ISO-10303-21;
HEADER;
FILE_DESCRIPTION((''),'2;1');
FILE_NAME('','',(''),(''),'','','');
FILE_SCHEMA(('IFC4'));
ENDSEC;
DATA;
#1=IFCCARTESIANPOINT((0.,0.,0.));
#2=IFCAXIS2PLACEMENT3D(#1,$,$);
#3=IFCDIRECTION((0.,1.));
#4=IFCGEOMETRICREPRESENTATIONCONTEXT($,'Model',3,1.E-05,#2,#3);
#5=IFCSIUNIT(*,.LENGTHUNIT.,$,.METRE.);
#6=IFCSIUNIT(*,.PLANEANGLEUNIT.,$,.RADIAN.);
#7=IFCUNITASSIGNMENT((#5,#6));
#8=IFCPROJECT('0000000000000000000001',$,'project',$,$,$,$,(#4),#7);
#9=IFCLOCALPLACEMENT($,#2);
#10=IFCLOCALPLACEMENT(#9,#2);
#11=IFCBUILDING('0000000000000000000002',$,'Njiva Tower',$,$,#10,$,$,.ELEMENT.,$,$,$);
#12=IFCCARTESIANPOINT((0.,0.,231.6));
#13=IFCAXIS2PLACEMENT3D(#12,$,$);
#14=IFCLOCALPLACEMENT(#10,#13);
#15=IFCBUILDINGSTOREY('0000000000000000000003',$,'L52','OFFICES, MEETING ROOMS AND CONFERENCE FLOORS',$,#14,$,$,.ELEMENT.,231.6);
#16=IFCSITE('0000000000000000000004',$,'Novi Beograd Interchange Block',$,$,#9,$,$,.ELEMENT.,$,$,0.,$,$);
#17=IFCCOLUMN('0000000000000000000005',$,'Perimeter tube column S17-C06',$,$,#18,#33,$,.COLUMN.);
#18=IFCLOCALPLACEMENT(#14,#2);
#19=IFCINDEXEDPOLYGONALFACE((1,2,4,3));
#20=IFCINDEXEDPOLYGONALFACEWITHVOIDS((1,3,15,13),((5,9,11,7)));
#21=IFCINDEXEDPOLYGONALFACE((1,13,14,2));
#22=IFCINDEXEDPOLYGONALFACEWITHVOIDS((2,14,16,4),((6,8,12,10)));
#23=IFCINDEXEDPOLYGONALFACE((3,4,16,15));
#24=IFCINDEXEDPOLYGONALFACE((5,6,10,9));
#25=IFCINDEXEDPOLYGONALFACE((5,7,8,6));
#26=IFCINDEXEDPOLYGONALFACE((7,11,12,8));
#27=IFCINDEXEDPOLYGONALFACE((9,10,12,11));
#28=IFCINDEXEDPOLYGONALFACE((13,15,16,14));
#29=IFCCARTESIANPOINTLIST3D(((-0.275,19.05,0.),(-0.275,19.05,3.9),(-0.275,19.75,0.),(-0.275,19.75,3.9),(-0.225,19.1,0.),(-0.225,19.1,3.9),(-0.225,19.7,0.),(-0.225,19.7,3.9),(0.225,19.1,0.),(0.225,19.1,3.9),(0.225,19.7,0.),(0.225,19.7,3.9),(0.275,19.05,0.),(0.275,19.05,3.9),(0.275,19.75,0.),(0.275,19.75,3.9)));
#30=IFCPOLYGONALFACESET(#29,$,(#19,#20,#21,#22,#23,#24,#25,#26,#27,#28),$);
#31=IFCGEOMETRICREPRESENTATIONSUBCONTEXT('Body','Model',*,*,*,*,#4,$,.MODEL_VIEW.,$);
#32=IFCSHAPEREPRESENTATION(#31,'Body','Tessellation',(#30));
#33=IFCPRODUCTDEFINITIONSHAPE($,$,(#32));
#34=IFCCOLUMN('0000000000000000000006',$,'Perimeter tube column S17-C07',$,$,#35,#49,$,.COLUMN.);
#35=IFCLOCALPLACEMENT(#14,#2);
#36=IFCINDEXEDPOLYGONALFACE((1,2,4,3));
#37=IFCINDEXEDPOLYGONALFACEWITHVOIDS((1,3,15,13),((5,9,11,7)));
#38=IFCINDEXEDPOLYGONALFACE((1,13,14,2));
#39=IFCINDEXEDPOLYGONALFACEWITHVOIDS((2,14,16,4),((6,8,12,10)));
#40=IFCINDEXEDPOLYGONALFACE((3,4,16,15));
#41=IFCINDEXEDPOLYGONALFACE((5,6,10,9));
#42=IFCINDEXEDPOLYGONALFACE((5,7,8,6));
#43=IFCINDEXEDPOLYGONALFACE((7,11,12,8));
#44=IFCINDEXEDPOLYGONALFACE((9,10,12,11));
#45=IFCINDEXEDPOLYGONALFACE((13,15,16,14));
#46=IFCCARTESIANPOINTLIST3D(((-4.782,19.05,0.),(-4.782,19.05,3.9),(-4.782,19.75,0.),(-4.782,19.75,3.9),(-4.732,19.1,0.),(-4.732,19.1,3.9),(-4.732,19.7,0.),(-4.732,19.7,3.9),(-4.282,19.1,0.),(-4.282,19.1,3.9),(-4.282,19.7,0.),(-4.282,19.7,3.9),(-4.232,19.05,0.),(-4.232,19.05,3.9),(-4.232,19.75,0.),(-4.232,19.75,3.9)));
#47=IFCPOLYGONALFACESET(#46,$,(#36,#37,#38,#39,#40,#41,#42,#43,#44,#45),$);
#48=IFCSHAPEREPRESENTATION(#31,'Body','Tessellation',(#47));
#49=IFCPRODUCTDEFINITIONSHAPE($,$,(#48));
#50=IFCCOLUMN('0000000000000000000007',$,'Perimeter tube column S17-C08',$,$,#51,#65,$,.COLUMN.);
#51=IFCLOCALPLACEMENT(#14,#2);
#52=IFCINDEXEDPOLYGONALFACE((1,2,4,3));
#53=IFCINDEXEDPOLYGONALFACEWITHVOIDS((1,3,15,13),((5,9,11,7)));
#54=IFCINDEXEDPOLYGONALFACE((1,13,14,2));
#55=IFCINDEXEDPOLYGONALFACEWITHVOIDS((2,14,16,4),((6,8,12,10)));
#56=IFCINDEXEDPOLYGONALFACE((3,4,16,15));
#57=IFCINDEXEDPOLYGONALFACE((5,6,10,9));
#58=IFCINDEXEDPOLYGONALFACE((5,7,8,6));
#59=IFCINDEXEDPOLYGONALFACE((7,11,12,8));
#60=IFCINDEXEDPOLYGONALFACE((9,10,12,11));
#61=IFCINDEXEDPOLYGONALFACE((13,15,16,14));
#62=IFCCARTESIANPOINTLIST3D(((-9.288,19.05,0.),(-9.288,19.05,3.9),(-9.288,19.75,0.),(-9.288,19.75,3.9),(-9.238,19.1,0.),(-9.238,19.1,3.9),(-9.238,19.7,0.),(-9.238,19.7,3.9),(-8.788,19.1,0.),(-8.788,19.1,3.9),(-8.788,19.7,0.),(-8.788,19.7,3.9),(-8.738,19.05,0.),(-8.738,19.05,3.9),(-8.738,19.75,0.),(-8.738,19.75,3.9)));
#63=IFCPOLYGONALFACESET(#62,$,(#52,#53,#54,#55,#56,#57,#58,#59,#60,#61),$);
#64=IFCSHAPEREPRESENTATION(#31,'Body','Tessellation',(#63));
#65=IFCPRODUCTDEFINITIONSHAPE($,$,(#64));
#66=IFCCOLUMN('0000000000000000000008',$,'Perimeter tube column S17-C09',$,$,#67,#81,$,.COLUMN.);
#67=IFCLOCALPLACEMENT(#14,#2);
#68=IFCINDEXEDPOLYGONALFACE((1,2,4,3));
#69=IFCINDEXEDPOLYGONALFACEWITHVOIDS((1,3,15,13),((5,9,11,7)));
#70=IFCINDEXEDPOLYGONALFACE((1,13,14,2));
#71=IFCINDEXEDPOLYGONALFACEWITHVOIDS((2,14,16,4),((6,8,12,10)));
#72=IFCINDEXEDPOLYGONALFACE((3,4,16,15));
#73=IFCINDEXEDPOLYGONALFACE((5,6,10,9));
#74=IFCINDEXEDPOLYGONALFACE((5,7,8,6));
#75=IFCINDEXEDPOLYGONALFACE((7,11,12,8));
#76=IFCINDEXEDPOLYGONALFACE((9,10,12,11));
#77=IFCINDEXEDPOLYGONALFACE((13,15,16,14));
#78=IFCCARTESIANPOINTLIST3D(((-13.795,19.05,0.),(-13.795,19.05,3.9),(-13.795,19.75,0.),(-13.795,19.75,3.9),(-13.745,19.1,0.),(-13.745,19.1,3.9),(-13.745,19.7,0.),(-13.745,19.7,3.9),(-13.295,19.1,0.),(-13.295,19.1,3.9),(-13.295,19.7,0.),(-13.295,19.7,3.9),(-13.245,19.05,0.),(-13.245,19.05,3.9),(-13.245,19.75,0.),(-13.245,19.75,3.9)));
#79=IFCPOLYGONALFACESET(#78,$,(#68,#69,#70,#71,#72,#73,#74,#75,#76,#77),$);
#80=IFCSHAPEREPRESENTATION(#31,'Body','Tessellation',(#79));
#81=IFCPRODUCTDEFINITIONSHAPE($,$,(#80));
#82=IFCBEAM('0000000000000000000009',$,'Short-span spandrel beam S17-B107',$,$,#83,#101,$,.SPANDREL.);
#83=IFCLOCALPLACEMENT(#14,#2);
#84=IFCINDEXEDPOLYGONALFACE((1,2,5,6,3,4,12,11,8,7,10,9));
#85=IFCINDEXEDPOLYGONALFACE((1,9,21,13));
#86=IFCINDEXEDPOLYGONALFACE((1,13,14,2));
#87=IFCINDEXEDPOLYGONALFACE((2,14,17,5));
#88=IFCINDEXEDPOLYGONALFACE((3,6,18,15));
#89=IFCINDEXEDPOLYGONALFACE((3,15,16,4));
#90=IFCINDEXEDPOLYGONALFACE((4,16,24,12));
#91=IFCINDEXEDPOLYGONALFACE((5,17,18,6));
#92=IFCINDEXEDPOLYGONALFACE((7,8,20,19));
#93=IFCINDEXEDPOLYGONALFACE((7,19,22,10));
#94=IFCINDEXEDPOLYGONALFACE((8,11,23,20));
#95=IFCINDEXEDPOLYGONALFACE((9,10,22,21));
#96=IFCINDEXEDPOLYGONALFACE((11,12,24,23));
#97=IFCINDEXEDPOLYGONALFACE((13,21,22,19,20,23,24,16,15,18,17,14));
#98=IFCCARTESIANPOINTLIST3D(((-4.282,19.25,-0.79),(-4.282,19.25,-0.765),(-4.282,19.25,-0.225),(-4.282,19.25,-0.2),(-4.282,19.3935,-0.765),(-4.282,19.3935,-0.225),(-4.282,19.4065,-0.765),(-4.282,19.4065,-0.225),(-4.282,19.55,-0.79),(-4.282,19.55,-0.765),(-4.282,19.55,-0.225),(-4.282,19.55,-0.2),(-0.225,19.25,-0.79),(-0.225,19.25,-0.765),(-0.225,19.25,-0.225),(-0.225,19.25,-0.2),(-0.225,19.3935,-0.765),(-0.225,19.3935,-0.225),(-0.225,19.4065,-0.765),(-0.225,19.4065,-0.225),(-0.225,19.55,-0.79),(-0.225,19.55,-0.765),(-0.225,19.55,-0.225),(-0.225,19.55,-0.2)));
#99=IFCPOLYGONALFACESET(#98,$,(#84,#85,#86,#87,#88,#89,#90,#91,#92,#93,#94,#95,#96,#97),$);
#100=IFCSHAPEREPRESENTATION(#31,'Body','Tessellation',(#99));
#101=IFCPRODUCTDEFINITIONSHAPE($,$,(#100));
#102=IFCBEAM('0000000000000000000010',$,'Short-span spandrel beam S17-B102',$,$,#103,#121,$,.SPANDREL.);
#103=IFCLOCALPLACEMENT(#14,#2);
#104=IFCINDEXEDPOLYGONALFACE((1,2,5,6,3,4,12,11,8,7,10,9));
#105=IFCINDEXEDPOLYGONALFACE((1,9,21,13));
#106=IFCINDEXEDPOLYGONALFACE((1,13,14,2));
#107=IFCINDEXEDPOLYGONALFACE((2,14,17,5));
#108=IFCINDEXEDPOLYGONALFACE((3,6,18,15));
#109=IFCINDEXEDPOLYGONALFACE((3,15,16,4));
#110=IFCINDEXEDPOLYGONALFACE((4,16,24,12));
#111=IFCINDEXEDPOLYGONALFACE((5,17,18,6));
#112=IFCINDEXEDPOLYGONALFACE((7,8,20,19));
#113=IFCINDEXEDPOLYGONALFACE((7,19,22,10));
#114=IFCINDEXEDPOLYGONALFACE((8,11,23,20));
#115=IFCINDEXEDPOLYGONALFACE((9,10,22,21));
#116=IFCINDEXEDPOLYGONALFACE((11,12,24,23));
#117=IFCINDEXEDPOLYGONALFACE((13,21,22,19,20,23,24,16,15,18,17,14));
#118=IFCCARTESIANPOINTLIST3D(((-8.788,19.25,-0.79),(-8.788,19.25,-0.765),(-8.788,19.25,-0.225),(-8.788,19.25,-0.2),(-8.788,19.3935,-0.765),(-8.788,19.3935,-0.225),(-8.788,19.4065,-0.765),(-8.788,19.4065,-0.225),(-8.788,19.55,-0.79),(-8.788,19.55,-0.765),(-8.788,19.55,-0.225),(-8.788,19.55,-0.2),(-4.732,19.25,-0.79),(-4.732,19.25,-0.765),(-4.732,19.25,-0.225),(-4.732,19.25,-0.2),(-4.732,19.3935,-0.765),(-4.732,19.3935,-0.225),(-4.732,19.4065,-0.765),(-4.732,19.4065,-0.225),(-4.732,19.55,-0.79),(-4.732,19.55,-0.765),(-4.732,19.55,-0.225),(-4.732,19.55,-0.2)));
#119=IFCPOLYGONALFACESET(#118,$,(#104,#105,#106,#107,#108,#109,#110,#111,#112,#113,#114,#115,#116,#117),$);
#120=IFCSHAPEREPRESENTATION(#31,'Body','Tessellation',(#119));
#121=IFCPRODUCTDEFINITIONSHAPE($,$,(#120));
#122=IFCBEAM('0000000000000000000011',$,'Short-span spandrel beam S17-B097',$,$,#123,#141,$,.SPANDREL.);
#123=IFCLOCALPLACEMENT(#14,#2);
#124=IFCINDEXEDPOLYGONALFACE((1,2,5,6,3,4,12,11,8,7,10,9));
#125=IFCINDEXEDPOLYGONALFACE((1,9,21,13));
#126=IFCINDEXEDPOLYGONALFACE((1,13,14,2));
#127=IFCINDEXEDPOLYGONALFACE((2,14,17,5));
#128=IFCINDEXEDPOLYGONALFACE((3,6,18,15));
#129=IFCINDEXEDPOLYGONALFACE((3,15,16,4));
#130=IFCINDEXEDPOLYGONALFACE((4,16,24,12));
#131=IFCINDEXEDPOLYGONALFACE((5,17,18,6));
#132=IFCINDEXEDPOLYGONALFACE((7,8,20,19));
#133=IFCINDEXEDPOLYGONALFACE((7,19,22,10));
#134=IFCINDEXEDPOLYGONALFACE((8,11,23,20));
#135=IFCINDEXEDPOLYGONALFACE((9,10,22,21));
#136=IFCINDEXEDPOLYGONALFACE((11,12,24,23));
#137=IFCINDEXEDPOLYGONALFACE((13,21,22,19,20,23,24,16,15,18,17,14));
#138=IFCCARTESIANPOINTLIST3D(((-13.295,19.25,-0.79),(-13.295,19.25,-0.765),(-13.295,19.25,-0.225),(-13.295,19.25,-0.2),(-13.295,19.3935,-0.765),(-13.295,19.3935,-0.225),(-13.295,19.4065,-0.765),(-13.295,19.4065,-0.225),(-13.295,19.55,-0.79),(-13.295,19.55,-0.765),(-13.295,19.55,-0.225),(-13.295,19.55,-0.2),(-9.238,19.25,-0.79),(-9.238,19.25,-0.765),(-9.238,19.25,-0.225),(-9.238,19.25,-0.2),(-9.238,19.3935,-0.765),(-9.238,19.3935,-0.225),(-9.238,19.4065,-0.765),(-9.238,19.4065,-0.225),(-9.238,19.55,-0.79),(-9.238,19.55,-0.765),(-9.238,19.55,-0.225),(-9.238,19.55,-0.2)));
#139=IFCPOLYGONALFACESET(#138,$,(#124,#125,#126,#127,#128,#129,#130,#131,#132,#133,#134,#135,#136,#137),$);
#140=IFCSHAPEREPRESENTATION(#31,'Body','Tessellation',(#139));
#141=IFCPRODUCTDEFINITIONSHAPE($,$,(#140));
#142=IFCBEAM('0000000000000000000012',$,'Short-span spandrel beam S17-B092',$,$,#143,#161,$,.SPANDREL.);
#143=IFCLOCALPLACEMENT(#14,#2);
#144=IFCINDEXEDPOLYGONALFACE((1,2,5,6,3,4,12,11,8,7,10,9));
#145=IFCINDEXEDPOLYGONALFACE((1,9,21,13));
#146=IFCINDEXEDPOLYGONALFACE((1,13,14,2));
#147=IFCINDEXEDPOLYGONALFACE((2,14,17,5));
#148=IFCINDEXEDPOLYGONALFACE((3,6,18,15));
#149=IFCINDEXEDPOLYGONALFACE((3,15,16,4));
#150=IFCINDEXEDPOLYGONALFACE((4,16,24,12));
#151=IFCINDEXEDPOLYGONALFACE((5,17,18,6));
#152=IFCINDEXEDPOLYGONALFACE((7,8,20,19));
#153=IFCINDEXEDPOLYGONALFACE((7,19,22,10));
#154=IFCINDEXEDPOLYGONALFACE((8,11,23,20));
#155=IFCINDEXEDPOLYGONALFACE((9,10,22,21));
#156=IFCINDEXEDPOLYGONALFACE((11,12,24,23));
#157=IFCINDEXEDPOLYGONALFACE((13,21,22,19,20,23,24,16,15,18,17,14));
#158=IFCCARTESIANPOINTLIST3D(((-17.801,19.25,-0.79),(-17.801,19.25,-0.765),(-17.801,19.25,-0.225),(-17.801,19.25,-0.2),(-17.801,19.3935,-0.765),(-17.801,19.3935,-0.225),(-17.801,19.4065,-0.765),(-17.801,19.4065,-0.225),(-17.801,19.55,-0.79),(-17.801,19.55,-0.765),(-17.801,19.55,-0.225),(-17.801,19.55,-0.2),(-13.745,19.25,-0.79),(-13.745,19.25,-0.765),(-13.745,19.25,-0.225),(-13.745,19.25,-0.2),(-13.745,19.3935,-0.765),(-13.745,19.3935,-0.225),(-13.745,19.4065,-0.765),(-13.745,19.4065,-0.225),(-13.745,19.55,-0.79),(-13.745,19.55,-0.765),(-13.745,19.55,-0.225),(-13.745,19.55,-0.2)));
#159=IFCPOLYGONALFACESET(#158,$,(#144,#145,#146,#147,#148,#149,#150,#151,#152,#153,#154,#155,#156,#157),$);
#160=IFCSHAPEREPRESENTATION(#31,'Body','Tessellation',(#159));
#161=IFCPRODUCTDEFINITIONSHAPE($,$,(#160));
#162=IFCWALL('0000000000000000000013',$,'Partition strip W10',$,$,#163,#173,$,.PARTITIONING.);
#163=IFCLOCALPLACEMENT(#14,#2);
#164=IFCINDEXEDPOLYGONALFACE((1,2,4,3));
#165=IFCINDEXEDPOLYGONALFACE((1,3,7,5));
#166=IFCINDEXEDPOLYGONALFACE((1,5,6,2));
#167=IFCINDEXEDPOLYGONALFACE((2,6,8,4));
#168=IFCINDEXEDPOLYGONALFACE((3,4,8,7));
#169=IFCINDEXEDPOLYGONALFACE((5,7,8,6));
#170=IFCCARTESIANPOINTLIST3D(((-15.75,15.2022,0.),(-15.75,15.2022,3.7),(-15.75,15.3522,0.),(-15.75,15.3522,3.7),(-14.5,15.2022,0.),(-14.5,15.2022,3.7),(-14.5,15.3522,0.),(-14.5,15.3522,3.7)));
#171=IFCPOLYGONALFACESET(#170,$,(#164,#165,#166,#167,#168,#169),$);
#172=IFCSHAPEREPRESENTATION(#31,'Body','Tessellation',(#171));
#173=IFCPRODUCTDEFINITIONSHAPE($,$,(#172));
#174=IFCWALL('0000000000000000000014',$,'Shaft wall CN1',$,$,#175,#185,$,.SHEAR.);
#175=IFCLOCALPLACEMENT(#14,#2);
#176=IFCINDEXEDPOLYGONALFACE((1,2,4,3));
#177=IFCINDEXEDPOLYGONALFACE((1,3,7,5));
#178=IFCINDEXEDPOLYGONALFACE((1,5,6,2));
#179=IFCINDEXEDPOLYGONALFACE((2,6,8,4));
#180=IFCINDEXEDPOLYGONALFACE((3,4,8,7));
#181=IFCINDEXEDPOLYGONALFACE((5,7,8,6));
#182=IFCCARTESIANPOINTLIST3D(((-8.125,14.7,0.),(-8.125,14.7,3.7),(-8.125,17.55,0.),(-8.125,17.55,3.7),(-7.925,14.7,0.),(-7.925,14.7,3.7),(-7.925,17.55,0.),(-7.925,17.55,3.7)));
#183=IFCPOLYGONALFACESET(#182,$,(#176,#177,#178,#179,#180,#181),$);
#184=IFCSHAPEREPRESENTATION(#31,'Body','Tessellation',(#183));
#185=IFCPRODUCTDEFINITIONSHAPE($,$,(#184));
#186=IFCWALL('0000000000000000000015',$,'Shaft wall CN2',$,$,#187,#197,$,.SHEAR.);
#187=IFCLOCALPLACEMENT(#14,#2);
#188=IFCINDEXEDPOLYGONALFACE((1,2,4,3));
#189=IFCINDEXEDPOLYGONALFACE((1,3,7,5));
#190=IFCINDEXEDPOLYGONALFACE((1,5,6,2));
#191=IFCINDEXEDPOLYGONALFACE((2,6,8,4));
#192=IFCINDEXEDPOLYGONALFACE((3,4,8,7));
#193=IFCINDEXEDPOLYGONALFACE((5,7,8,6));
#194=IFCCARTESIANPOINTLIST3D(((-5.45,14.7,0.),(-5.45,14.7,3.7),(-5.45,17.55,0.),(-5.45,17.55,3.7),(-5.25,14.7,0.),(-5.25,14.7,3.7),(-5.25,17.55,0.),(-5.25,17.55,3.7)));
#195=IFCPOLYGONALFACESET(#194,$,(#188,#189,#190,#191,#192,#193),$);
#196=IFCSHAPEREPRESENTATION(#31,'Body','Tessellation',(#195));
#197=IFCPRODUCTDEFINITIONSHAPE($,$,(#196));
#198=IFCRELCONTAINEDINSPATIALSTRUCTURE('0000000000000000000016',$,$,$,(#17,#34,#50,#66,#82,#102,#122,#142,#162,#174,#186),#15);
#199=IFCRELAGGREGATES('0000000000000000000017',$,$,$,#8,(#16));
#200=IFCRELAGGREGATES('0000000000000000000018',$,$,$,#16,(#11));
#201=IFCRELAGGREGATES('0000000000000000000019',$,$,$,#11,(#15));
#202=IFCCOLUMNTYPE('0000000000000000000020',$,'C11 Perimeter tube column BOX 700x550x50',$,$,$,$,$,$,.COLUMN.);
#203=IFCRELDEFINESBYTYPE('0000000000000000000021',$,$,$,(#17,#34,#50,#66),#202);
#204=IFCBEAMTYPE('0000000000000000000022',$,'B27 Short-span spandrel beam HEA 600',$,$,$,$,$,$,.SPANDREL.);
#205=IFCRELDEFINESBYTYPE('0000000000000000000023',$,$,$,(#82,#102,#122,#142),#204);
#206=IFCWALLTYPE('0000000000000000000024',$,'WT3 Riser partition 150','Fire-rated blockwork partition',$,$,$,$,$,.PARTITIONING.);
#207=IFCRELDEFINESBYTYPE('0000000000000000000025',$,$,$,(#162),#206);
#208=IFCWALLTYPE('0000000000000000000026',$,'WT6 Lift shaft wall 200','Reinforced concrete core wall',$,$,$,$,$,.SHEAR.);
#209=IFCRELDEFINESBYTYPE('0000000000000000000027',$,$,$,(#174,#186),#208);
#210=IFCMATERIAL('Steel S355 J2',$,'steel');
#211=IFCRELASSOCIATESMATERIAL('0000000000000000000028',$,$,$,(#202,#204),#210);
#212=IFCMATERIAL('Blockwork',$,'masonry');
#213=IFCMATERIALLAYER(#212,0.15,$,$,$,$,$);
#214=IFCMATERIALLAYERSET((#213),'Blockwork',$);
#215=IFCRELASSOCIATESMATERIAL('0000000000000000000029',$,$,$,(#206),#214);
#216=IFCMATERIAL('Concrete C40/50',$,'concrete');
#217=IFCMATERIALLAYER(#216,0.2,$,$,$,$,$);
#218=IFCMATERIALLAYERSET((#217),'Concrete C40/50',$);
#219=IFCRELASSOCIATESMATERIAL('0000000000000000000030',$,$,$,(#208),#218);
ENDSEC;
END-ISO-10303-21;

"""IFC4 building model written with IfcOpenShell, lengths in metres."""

from ifc_helpers import new_model, si_unit, direction, frame, frame_2d, origin, origin_2d, place, context, subcontext, project, spatial, rectangle, hollow_rectangle, i_section, extrude, material, layer, layer_set, material_profile, profile_set, type_object, element, save


model = new_model("IFC4")

# Units and contexts
model_context = context("Model", 3, precision=1e-05, world=origin(), true_north=direction((0.0, 1.0)))
body_context = subcontext(model_context, "Body", "Model", "MODEL_VIEW")
ifc_project = project(units=[si_unit("LENGTHUNIT", "METRE"), si_unit("PLANEANGLEUNIT", "RADIAN")], contexts=[model_context])

# Site, building, storey
site_placement = place(None, origin())
site = spatial("IfcSite", under=ifc_project, at=site_placement, Name="Novi Beograd Interchange Block", CompositionType="ELEMENT", RefElevation=0.0)
building_placement = place(site_placement, origin())
building = spatial("IfcBuilding", under=site, at=building_placement, Name="Njiva Tower", CompositionType="ELEMENT")
storey_placement = place(building_placement, frame((0.0, 0.0, 231.6)))
storey = spatial("IfcBuildingStorey", under=building, at=storey_placement, Name="L52", Description="OFFICES, MEETING ROOMS AND CONFERENCE FLOORS", CompositionType="ELEMENT", Elevation=231.6)

# Columns
ifc_material_1 = material(Name="Steel S355 J2", Category="steel")
ifc_material_profile_1 = material_profile(ifc_material_1, hollow_rectangle(XDim=0.55, YDim=0.7, WallThickness=0.05, at=origin_2d()), Name="BOX 700x550x50")
ifc_profile_set_1 = profile_set([ifc_material_profile_1], Name="Steel S355 J2")
column_type = type_object("IfcColumnType", Name="C11 Perimeter tube column BOX 700x550x50", PredefinedType="COLUMN", material=ifc_profile_set_1)
for number, where, z_axis, x_axis, name in (
    (1, (0.0, 19.4, 0.0), (0.0, 0.0, 1.0), (-1.0, 0.0, 0.0), "Perimeter tube column S17-C06"),
    (2, (-4.507, 19.4, 0.0), (0.0, 0.0, 1.0), (-1.0, 0.0, 0.0), "Perimeter tube column S17-C07"),
    (3, (-9.013, 19.4, 0.0), (0.0, 0.0, 1.0), (-1.0, 0.0, 0.0), "Perimeter tube column S17-C08"),
    (4, (-13.52, 19.4, 0.0), (0.0, 0.0, 1.0), (-1.0, 0.0, 0.0), "Perimeter tube column S17-C09"),
):
    element("IfcColumn", number, at=place(storey_placement, frame(where, z_axis=z_axis, x_axis=x_axis)), inside=storey, type_object=column_type, Name=name, PredefinedType="COLUMN", context=body_context, shape_type="SweptSolid", body=[
        extrude(hollow_rectangle(XDim=0.55, YDim=0.7, WallThickness=0.05, at=origin_2d()), origin(), (0.0, 0.0, 1.0), 3.9),
    ])

# Beams
ifc_material_profile_2 = material_profile(ifc_material_1, i_section(OverallWidth=0.3, OverallDepth=0.59, WebThickness=0.013, FlangeThickness=0.025, at=origin_2d()), Name="HEA 600")
ifc_profile_set_2 = profile_set([ifc_material_profile_2], Name="Steel S355 J2")
beam_type = type_object("IfcBeamType", Name="B27 Short-span spandrel beam HEA 600", PredefinedType="SPANDREL", material=ifc_profile_set_2)
beam_1_placement = place(storey_placement, frame((-0.225, 19.4, -0.495), z_axis=(-1.0, 0.0, 0.0), x_axis=(0.0, -1.0, 0.0)))
element("IfcBeam", 5, at=beam_1_placement, inside=storey, type_object=beam_type, Name="Short-span spandrel beam S17-B107", PredefinedType="SPANDREL", context=body_context, shape_type="SweptSolid", body=[
    extrude(i_section(OverallWidth=0.3, OverallDepth=0.59, WebThickness=0.013, FlangeThickness=0.025, at=origin_2d()), origin(), (0.0, 0.0, 1.0), 4.057),
])
beam_2_placement = place(storey_placement, frame((-4.732, 19.4, -0.495), z_axis=(-1.0, 0.0, 0.0), x_axis=(0.0, -1.0, 0.0)))
element("IfcBeam", 6, at=beam_2_placement, inside=storey, type_object=beam_type, Name="Short-span spandrel beam S17-B102", PredefinedType="SPANDREL", context=body_context, shape_type="SweptSolid", body=[
    extrude(i_section(OverallWidth=0.3, OverallDepth=0.59, WebThickness=0.013, FlangeThickness=0.025, at=origin_2d()), origin(), (0.0, 0.0, 1.0), 4.056),
])
beam_3_placement = place(storey_placement, frame((-9.238, 19.4, -0.495), z_axis=(-1.0, 0.0, 0.0), x_axis=(0.0, -1.0, 0.0)))
element("IfcBeam", 7, at=beam_3_placement, inside=storey, type_object=beam_type, Name="Short-span spandrel beam S17-B097", PredefinedType="SPANDREL", context=body_context, shape_type="SweptSolid", body=[
    extrude(i_section(OverallWidth=0.3, OverallDepth=0.59, WebThickness=0.013, FlangeThickness=0.025, at=origin_2d()), origin(), (0.0, 0.0, 1.0), 4.057),
])
beam_4_placement = place(storey_placement, frame((-13.745, 19.4, -0.495), z_axis=(-1.0, 0.0, 0.0), x_axis=(0.0, -1.0, 0.0)))
element("IfcBeam", 8, at=beam_4_placement, inside=storey, type_object=beam_type, Name="Short-span spandrel beam S17-B092", PredefinedType="SPANDREL", context=body_context, shape_type="SweptSolid", body=[
    extrude(i_section(OverallWidth=0.3, OverallDepth=0.59, WebThickness=0.013, FlangeThickness=0.025, at=origin_2d()), origin(), (0.0, 0.0, 1.0), 4.056),
])

# Walls
ifc_material_2 = material(Name="Blockwork", Category="masonry")
ifc_layer_1 = layer(ifc_material_2, 0.15)
ifc_layer_set_1 = layer_set([ifc_layer_1], Name="Blockwork")
wall_type_1 = type_object("IfcWallType", Name="WT3 Riser partition 150", Description="Fire-rated blockwork partition", PredefinedType="PARTITIONING", material=ifc_layer_set_1)
wall_1_placement = place(storey_placement, frame((-15.75, 15.2772, 0.0), z_axis=(0.0, 0.0, 1.0), x_axis=(1.0, 0.0, 0.0)))
element("IfcWall", 9, at=wall_1_placement, inside=storey, type_object=wall_type_1, Name="Partition strip W10", PredefinedType="PARTITIONING", context=body_context, shape_type="SweptSolid", body=[
    extrude(rectangle(XDim=1.25, YDim=0.15, at=frame_2d((0.625, 0.0))), origin(), (0.0, 0.0, 1.0), 3.7),
])
ifc_material_3 = material(Name="Concrete C40/50", Category="concrete")
ifc_layer_2 = layer(ifc_material_3, 0.2)
ifc_layer_set_2 = layer_set([ifc_layer_2], Name="Concrete C40/50")
wall_type_2 = type_object("IfcWallType", Name="WT6 Lift shaft wall 200", Description="Reinforced concrete core wall", PredefinedType="SHEAR", material=ifc_layer_set_2)
for number, where, z_axis, x_axis, name in (
    (10, (-8.025, 14.7, 0.0), (0.0, 0.0, 1.0), (0.0, 1.0, 0.0), "Shaft wall CN1"),
    (11, (-5.35, 14.7, 0.0), (0.0, 0.0, 1.0), (0.0, 1.0, 0.0), "Shaft wall CN2"),
):
    element("IfcWall", number, at=place(storey_placement, frame(where, z_axis=z_axis, x_axis=x_axis)), inside=storey, type_object=wall_type_2, Name=name, PredefinedType="SHEAR", context=body_context, shape_type="SweptSolid", body=[
        extrude(rectangle(XDim=2.85, YDim=0.2, at=frame_2d((1.425, 0.0))), origin(), (0.0, 0.0, 1.0), 3.7),
    ])

save(model, "model.ifc")
